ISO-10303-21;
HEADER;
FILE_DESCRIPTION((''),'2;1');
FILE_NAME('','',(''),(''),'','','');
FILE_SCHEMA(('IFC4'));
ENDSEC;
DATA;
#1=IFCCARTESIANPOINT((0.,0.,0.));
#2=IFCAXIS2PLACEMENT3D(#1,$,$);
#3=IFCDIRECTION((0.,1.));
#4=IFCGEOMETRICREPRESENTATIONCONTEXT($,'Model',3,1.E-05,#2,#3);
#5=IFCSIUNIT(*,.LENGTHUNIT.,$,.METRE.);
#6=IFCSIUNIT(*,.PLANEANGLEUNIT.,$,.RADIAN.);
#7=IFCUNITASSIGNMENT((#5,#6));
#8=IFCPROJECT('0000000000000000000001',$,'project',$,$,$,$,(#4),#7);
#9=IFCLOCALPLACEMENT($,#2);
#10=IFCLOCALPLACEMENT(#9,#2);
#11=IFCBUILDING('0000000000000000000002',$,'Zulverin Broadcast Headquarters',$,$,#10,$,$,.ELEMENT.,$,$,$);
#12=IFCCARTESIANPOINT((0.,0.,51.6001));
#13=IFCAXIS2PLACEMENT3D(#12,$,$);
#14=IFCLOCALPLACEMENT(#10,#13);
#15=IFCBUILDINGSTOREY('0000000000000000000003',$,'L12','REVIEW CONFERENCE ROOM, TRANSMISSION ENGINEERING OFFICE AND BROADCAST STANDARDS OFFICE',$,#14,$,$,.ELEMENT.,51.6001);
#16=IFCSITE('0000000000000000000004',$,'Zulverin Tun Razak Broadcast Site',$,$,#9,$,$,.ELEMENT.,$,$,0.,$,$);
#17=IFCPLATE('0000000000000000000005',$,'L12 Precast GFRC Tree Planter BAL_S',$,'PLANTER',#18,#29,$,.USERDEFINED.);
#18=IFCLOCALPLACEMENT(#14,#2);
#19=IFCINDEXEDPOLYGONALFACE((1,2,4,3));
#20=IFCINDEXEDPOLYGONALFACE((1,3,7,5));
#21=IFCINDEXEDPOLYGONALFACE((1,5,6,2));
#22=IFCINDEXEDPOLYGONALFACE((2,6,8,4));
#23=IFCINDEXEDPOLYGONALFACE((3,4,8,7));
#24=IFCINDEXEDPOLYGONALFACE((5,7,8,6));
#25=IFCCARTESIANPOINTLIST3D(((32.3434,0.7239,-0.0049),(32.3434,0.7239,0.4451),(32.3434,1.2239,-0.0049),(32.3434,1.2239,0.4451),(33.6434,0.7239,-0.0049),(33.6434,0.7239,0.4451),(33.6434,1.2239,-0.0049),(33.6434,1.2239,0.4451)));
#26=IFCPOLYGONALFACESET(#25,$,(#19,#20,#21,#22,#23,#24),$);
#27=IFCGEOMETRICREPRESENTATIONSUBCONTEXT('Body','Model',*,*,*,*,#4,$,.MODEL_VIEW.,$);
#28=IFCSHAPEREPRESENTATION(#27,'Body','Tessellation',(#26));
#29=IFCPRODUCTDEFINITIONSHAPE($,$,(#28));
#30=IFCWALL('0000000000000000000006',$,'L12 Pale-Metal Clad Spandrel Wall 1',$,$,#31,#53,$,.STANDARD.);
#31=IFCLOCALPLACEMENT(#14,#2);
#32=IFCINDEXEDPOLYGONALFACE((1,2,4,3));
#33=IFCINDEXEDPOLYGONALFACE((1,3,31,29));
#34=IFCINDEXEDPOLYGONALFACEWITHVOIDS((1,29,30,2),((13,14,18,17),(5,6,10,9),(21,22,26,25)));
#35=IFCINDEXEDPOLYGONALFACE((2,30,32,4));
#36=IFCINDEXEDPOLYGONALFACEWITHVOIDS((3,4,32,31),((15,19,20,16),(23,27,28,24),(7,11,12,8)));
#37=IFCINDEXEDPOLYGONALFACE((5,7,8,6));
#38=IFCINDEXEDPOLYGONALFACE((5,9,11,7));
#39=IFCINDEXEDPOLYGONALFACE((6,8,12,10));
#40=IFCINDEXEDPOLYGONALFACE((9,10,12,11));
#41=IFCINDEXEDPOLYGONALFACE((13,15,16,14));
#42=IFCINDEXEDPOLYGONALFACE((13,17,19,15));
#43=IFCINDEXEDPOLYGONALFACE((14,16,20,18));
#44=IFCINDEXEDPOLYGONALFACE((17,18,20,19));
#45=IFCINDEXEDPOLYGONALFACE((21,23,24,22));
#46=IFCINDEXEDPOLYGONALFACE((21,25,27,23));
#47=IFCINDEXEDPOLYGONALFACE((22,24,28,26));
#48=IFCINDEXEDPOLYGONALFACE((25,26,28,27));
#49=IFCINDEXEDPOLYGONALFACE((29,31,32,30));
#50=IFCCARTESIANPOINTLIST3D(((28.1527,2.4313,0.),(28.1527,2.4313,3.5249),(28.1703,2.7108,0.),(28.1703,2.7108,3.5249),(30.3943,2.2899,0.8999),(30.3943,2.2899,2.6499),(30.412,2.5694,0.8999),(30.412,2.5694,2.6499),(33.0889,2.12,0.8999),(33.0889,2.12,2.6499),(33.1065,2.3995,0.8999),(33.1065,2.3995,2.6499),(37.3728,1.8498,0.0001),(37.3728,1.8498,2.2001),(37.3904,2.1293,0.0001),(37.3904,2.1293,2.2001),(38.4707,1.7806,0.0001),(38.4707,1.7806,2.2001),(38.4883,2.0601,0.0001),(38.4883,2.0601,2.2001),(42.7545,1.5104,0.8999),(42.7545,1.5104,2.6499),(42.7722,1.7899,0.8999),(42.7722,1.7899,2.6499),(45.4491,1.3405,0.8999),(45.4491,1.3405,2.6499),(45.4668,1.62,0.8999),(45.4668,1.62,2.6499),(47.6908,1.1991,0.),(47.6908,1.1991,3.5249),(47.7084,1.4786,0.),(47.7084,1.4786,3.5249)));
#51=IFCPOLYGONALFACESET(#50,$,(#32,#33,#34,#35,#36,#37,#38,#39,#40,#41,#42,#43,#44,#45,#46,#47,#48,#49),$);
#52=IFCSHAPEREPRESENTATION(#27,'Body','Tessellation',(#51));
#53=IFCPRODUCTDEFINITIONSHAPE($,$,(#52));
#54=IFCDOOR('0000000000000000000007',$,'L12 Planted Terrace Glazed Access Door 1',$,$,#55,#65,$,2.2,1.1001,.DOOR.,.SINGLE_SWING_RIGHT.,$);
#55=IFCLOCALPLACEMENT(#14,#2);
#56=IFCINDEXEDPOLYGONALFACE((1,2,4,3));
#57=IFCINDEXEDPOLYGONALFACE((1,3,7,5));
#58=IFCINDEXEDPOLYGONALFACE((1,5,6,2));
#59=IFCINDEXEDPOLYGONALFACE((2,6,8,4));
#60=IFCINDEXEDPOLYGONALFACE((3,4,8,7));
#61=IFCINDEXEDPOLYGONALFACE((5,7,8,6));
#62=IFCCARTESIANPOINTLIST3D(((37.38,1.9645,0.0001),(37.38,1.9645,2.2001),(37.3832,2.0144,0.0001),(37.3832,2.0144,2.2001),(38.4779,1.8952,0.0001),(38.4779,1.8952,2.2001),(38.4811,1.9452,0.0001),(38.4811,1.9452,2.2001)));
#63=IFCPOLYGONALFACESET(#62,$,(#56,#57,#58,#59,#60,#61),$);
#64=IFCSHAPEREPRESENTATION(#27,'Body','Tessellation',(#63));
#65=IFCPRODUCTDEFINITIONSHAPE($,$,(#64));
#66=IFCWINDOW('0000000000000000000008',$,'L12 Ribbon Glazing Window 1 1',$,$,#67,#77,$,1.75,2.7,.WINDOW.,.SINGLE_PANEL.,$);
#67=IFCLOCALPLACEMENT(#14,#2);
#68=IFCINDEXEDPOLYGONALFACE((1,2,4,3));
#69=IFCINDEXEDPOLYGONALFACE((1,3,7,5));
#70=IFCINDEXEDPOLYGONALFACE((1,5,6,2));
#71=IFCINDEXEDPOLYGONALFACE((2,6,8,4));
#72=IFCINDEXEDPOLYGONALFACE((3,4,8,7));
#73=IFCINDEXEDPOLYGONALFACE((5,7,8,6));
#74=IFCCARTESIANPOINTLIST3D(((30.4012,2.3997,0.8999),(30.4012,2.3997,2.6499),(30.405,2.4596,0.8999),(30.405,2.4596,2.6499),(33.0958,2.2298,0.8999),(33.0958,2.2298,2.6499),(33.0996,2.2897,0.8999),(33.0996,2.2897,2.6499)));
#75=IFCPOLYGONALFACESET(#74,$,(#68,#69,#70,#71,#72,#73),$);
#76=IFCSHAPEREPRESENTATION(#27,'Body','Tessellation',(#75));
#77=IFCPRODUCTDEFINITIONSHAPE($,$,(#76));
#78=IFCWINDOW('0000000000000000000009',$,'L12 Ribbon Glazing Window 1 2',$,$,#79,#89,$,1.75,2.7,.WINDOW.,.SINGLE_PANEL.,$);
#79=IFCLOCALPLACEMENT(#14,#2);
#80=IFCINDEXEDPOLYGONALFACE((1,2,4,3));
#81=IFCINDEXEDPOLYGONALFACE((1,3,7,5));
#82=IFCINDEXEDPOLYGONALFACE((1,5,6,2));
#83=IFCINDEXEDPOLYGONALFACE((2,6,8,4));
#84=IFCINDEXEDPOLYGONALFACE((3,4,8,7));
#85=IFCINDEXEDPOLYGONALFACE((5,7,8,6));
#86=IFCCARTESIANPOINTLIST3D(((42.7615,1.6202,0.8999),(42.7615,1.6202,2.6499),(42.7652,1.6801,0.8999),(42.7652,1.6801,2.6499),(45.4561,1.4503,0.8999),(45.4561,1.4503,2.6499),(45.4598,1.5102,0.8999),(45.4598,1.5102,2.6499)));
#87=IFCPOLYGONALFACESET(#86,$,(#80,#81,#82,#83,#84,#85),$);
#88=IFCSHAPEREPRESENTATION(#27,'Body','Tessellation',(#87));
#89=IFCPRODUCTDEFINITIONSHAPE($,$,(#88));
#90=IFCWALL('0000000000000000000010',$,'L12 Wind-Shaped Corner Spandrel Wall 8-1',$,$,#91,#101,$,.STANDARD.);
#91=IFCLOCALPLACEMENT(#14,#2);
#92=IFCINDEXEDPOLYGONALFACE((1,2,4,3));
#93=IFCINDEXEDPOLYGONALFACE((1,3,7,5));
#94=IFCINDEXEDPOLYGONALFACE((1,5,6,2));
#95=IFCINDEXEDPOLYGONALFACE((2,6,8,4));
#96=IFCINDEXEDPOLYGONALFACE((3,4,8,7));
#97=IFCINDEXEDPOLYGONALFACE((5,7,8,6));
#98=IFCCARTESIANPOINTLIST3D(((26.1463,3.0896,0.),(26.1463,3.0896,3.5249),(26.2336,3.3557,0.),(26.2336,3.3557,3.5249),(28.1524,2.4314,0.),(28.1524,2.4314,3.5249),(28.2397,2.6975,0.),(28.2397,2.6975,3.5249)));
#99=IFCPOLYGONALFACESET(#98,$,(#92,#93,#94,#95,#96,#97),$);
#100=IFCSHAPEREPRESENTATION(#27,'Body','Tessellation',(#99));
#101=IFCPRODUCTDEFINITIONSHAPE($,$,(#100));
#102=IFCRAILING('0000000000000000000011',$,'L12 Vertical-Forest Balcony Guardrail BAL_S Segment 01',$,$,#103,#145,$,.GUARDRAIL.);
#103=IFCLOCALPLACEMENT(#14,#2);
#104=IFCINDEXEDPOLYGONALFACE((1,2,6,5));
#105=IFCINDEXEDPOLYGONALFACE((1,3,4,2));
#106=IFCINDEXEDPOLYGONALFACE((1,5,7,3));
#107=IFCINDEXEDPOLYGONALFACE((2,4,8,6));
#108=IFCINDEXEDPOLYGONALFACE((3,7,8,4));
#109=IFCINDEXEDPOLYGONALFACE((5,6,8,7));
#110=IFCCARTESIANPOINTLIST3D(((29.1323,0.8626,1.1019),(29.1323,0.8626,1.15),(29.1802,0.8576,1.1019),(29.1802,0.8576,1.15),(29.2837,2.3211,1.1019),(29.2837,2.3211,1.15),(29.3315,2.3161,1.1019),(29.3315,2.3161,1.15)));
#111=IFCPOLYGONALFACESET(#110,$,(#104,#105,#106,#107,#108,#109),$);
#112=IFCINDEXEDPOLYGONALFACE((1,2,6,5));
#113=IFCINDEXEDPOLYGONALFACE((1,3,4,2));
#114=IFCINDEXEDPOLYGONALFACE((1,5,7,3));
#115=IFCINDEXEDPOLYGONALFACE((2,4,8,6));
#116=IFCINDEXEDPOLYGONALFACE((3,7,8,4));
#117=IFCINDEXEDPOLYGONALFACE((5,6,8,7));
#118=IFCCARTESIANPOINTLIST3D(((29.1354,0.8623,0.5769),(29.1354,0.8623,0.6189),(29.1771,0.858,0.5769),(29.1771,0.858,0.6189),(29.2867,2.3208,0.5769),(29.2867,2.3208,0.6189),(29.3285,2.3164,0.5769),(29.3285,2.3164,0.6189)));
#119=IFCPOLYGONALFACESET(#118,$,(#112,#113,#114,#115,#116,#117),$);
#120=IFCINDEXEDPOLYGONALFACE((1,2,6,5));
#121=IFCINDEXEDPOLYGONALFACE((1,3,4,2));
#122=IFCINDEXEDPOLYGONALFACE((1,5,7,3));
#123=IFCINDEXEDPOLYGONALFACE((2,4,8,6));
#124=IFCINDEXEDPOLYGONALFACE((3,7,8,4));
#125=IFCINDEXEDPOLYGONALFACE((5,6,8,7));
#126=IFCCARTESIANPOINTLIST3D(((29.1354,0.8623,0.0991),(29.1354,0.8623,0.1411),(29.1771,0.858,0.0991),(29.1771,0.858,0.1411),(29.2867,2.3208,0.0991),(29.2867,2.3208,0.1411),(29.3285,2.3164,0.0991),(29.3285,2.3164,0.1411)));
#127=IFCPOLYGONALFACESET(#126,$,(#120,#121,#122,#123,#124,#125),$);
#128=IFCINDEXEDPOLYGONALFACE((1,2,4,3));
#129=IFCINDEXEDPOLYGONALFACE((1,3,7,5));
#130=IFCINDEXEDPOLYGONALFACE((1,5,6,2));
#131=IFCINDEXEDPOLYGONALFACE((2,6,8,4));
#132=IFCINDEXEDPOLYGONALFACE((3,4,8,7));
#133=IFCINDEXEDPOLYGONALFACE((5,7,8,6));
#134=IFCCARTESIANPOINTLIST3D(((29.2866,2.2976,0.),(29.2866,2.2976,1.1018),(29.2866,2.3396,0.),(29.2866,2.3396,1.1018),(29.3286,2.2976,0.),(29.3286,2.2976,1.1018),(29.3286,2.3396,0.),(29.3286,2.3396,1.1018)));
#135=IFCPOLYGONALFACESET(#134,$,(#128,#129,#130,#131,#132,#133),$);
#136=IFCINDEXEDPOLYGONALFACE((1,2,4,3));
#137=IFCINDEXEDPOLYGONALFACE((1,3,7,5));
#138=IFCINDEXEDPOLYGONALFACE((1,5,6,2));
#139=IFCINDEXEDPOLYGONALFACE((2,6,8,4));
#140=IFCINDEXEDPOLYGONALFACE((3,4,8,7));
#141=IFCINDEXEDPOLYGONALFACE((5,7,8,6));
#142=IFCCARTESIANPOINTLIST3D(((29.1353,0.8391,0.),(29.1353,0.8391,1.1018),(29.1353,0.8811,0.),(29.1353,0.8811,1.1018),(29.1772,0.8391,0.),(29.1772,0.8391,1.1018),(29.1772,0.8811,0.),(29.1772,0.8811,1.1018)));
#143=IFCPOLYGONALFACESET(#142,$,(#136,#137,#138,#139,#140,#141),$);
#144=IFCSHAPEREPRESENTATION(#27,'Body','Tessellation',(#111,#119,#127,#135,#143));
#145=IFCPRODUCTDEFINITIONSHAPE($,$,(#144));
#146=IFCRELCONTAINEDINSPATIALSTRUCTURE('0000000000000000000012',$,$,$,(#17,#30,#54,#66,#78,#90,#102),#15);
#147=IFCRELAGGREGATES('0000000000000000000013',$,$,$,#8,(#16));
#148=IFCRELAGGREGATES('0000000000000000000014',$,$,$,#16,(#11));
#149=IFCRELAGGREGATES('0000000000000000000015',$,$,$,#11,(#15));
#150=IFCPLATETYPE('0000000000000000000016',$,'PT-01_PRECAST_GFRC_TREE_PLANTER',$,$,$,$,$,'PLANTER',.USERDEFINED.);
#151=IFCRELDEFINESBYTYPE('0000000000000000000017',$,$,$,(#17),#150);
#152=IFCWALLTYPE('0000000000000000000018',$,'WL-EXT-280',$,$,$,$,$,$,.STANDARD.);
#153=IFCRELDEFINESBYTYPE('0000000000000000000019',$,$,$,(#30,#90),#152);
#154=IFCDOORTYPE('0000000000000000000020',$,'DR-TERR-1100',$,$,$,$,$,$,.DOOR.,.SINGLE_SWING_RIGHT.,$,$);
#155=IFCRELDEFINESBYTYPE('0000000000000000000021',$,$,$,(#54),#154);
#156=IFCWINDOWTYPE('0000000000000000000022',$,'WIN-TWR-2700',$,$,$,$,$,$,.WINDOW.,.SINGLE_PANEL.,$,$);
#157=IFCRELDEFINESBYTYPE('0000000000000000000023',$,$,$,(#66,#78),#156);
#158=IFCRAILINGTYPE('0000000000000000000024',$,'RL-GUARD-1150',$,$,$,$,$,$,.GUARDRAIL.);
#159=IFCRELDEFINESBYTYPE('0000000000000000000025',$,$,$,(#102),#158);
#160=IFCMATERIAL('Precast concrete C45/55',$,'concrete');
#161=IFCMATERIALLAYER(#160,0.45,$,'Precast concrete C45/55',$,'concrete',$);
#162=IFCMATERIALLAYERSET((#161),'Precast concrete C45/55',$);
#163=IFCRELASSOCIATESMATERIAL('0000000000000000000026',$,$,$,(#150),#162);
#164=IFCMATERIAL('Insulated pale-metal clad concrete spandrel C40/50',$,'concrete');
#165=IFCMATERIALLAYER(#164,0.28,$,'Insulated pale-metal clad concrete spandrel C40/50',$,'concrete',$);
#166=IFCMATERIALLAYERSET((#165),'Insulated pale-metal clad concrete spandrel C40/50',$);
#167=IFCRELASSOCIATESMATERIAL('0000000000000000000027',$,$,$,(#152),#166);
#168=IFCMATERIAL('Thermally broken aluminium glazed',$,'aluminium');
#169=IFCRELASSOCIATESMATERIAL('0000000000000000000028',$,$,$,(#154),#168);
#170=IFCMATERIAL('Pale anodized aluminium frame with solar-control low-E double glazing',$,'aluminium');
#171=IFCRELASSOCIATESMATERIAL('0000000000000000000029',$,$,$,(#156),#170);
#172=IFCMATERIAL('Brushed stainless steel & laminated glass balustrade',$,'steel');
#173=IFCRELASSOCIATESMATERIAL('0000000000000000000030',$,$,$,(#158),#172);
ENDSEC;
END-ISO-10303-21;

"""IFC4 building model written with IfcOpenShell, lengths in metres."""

from ifc_helpers import new_model, si_unit, direction, frame, frame_2d, origin, origin_2d, place, context, subcontext, project, spatial, rectangle, extrude, material, layer, layer_set, type_object, element, fill, save


model = new_model("IFC4")

# Units and contexts
model_context = context("Model", 3, precision=1e-05, world=origin(), true_north=direction((0.0, 1.0)))
body_context = subcontext(model_context, "Body", "Model", "MODEL_VIEW")
ifc_project = project(units=[si_unit("LENGTHUNIT", "METRE"), si_unit("PLANEANGLEUNIT", "RADIAN")], contexts=[model_context])

# Site, building, storey
site_placement = place(None, origin())
site = spatial("IfcSite", under=ifc_project, at=site_placement, Name="Zulverin Tun Razak Broadcast Site", CompositionType="ELEMENT", RefElevation=0.0)
building_placement = place(site_placement, origin())
building = spatial("IfcBuilding", under=site, at=building_placement, Name="Zulverin Broadcast Headquarters", CompositionType="ELEMENT")
storey_placement = place(building_placement, frame((0.0, 0.0, 51.6001)))
storey = spatial("IfcBuildingStorey", under=building, at=storey_placement, Name="L12", Description="REVIEW CONFERENCE ROOM, TRANSMISSION ENGINEERING OFFICE AND BROADCAST STANDARDS OFFICE", CompositionType="ELEMENT", Elevation=51.6001)

# Plate
ifc_material_1 = material(Name="Precast concrete C45/55", Category="concrete")
ifc_layer_1 = layer(ifc_material_1, 0.45, Name="Precast concrete C45/55", Category="concrete")
ifc_layer_set_1 = layer_set([ifc_layer_1], Name="Precast concrete C45/55")
plate_type = type_object("IfcPlateType", Name="PT-01_PRECAST_GFRC_TREE_PLANTER", ElementType="PLANTER", PredefinedType="USERDEFINED", material=ifc_layer_set_1)
plate_placement = place(storey_placement, frame((32.9934, 0.9739, -0.0049), z_axis=(0.0, 0.0, 1.0), x_axis=(1.0, 0.0, 0.0)))
element("IfcPlate", 1, at=plate_placement, inside=storey, type_object=plate_type, Name="L12 Precast GFRC Tree Planter BAL_S", ObjectType="PLANTER", PredefinedType="USERDEFINED", context=body_context, shape_type="SweptSolid", body=[
    extrude(rectangle(XDim=1.3, YDim=0.5, at=origin_2d()), origin(), (0.0, 0.0, 1.0), 0.45),
])

# Wall, openings, door, windows
ifc_material_2 = material(Name="Insulated pale-metal clad concrete spandrel C40/50", Category="concrete")
ifc_layer_2 = layer(ifc_material_2, 0.28, Name="Insulated pale-metal clad concrete spandrel C40/50", Category="concrete")
ifc_layer_set_2 = layer_set([ifc_layer_2], Name="Insulated pale-metal clad concrete spandrel C40/50")
wall_type = type_object("IfcWallType", Name="WL-EXT-280", PredefinedType="STANDARD", material=ifc_layer_set_2)
wall_1_placement = place(storey_placement, frame((28.1614, 2.571, 0.0), z_axis=(0.0, 0.0, 1.0), x_axis=(0.998017, -0.06294, 0.0)))
wall_1 = element("IfcWall", 2, at=wall_1_placement, inside=storey, type_object=wall_type, Name="L12 Pale-Metal Clad Spandrel Wall 1", PredefinedType="STANDARD", context=body_context, shape_type="SweptSolid", body=[
    extrude(rectangle(XDim=19.5769, YDim=0.28, at=frame_2d((9.7886, 0.0))), origin(), (0.0, 0.0, 1.0), 3.5249),
])
opening_1_placement = place(wall_1_placement, frame((9.2385, 0.0, 0.0)))
opening_1 = element("IfcOpeningElement", 3, at=opening_1_placement, cuts=wall_1, PredefinedType="OPENING", context=body_context, shape_type="SweptSolid", body=[
    extrude(rectangle(XDim=1.1001, YDim=2.2, at=frame_2d((0.55, 1.1001))), frame((0.0, 0.1499, 0.0), z_axis=(0.0, -1.0, 0.0), x_axis=(1.0, 0.0, 0.0)), (0.0, 0.0, 1.0), 0.3),
])
opening_2_placement = place(wall_1_placement, frame((2.2461, 0.0, 0.8999)))
opening_2 = element("IfcOpeningElement", 4, at=opening_2_placement, cuts=wall_1, PredefinedType="OPENING", context=body_context, shape_type="SweptSolid", body=[
    extrude(rectangle(XDim=2.7, YDim=1.75, at=frame_2d((1.3501, 0.875))), frame((0.0, 0.1499, 0.0), z_axis=(0.0, -1.0, 0.0), x_axis=(1.0, 0.0, 0.0)), (0.0, 0.0, 1.0), 0.3),
])
opening_3_placement = place(wall_1_placement, frame((14.6309, 0.0, 0.8999)))
opening_3 = element("IfcOpeningElement", 5, at=opening_3_placement, cuts=wall_1, PredefinedType="OPENING", context=body_context, shape_type="SweptSolid", body=[
    extrude(rectangle(XDim=2.7, YDim=1.75, at=frame_2d((1.3501, 0.875))), frame((0.0, 0.1499, 0.0), z_axis=(0.0, -1.0, 0.0), x_axis=(1.0, 0.0, 0.0)), (0.0, 0.0, 1.0), 0.3),
])
ifc_material_3 = material(Name="Thermally broken aluminium glazed", Category="aluminium")
door_type = type_object("IfcDoorType", Name="DR-TERR-1100", OperationType="SINGLE_SWING_RIGHT", PredefinedType="DOOR", material=ifc_material_3)
door_placement = place(opening_1_placement, origin())
door = element("IfcDoor", 6, at=door_placement, inside=storey, type_object=door_type, Name="L12 Planted Terrace Glazed Access Door 1", OperationType="SINGLE_SWING_RIGHT", OverallHeight=2.2, OverallWidth=1.1001, PredefinedType="DOOR", context=body_context, shape_type="SweptSolid", body=[
    extrude(rectangle(XDim=1.1001, YDim=2.2, at=frame_2d((0.55, 1.1001))), frame((0.0, 0.0249, 0.0), z_axis=(0.0, -1.0, 0.0), x_axis=(1.0, 0.0, 0.0)), (0.0, 0.0, 1.0), 0.05),
])
fill(opening_1, door)
ifc_material_4 = material(Name="Pale anodized aluminium frame with solar-control low-E double glazing", Category="aluminium")
window_type = type_object("IfcWindowType", Name="WIN-TWR-2700", PartitioningType="SINGLE_PANEL", PredefinedType="WINDOW", material=ifc_material_4)
window_1_placement = place(opening_2_placement, origin())
window_1 = element("IfcWindow", 7, at=window_1_placement, inside=storey, type_object=window_type, Name="L12 Ribbon Glazing Window 1 1", OverallHeight=1.75, OverallWidth=2.7, PartitioningType="SINGLE_PANEL", PredefinedType="WINDOW", context=body_context, shape_type="SweptSolid", body=[
    extrude(rectangle(XDim=2.7, YDim=1.75, at=frame_2d((1.3501, 0.875))), frame((0.0, 0.03, 0.0), z_axis=(0.0, -1.0, 0.0), x_axis=(1.0, 0.0, 0.0)), (0.0, 0.0, 1.0), 0.0601),
])
fill(opening_2, window_1)
window_2_placement = place(opening_3_placement, origin())
window_2 = element("IfcWindow", 8, at=window_2_placement, inside=storey, type_object=window_type, Name="L12 Ribbon Glazing Window 1 2", OverallHeight=1.75, OverallWidth=2.7, PartitioningType="SINGLE_PANEL", PredefinedType="WINDOW", context=body_context, shape_type="SweptSolid", body=[
    extrude(rectangle(XDim=2.7, YDim=1.75, at=frame_2d((1.3501, 0.875))), frame((0.0, 0.03, 0.0), z_axis=(0.0, -1.0, 0.0), x_axis=(1.0, 0.0, 0.0)), (0.0, 0.0, 1.0), 0.0601),
])
fill(opening_3, window_2)

# Wall
wall_2_placement = place(storey_placement, frame((26.1899, 3.2227, 0.0), z_axis=(0.0, 0.0, 1.0), x_axis=(0.950164, -0.311749, 0.0)))
element("IfcWall", 9, at=wall_2_placement, inside=storey, type_object=wall_type, Name="L12 Wind-Shaped Corner Spandrel Wall 8-1", PredefinedType="STANDARD", context=body_context, shape_type="SweptSolid", body=[
    extrude(rectangle(XDim=2.1113, YDim=0.28, at=frame_2d((1.0557, 0.0))), origin(), (0.0, 0.0, 1.0), 3.5249),
])

# Railing
ifc_material_5 = material(Name="Brushed stainless steel & laminated glass balustrade", Category="steel")
railing_type = type_object("IfcRailingType", Name="RL-GUARD-1150", PredefinedType="GUARDRAIL", material=ifc_material_5)
railing_1_placement = place(storey_placement, frame((29.3076, 2.3186, 0.0)))
element("IfcRailing", 10, at=railing_1_placement, inside=storey, type_object=railing_type, Name="L12 Vertical-Forest Balcony Guardrail BAL_S Segment 01", PredefinedType="GUARDRAIL", context=body_context, shape_type="SweptSolid", body=[
    extrude(rectangle(XDim=0.0481, YDim=0.0481, at=origin_2d()), frame((0.0, 0.0, 1.126), z_axis=(-0.103229, -0.994658, 0.0), x_axis=(0.994658, -0.103229, 0.0)), (0.0, 0.0, 1.0), 1.4663),
    extrude(rectangle(XDim=0.042, YDim=0.042, at=origin_2d()), frame((0.0, 0.0, 0.5979), z_axis=(-0.103229, -0.994658, 0.0), x_axis=(0.994658, -0.103229, 0.0)), (0.0, 0.0, 1.0), 1.4663),
    extrude(rectangle(XDim=0.042, YDim=0.042, at=origin_2d()), frame((0.0, 0.0, 0.1201), z_axis=(-0.103229, -0.994658, 0.0), x_axis=(0.994658, -0.103229, 0.0)), (0.0, 0.0, 1.0), 1.4663),
    extrude(rectangle(XDim=0.042, YDim=0.042, at=origin_2d()), origin(), (0.0, 0.0, 1.0), 1.1018),
    extrude(rectangle(XDim=0.042, YDim=0.042, at=origin_2d()), frame((-0.1514, -1.4585, 0.0)), (0.0, 0.0, 1.0), 1.1018),
])

save(model, "model.ifc")
